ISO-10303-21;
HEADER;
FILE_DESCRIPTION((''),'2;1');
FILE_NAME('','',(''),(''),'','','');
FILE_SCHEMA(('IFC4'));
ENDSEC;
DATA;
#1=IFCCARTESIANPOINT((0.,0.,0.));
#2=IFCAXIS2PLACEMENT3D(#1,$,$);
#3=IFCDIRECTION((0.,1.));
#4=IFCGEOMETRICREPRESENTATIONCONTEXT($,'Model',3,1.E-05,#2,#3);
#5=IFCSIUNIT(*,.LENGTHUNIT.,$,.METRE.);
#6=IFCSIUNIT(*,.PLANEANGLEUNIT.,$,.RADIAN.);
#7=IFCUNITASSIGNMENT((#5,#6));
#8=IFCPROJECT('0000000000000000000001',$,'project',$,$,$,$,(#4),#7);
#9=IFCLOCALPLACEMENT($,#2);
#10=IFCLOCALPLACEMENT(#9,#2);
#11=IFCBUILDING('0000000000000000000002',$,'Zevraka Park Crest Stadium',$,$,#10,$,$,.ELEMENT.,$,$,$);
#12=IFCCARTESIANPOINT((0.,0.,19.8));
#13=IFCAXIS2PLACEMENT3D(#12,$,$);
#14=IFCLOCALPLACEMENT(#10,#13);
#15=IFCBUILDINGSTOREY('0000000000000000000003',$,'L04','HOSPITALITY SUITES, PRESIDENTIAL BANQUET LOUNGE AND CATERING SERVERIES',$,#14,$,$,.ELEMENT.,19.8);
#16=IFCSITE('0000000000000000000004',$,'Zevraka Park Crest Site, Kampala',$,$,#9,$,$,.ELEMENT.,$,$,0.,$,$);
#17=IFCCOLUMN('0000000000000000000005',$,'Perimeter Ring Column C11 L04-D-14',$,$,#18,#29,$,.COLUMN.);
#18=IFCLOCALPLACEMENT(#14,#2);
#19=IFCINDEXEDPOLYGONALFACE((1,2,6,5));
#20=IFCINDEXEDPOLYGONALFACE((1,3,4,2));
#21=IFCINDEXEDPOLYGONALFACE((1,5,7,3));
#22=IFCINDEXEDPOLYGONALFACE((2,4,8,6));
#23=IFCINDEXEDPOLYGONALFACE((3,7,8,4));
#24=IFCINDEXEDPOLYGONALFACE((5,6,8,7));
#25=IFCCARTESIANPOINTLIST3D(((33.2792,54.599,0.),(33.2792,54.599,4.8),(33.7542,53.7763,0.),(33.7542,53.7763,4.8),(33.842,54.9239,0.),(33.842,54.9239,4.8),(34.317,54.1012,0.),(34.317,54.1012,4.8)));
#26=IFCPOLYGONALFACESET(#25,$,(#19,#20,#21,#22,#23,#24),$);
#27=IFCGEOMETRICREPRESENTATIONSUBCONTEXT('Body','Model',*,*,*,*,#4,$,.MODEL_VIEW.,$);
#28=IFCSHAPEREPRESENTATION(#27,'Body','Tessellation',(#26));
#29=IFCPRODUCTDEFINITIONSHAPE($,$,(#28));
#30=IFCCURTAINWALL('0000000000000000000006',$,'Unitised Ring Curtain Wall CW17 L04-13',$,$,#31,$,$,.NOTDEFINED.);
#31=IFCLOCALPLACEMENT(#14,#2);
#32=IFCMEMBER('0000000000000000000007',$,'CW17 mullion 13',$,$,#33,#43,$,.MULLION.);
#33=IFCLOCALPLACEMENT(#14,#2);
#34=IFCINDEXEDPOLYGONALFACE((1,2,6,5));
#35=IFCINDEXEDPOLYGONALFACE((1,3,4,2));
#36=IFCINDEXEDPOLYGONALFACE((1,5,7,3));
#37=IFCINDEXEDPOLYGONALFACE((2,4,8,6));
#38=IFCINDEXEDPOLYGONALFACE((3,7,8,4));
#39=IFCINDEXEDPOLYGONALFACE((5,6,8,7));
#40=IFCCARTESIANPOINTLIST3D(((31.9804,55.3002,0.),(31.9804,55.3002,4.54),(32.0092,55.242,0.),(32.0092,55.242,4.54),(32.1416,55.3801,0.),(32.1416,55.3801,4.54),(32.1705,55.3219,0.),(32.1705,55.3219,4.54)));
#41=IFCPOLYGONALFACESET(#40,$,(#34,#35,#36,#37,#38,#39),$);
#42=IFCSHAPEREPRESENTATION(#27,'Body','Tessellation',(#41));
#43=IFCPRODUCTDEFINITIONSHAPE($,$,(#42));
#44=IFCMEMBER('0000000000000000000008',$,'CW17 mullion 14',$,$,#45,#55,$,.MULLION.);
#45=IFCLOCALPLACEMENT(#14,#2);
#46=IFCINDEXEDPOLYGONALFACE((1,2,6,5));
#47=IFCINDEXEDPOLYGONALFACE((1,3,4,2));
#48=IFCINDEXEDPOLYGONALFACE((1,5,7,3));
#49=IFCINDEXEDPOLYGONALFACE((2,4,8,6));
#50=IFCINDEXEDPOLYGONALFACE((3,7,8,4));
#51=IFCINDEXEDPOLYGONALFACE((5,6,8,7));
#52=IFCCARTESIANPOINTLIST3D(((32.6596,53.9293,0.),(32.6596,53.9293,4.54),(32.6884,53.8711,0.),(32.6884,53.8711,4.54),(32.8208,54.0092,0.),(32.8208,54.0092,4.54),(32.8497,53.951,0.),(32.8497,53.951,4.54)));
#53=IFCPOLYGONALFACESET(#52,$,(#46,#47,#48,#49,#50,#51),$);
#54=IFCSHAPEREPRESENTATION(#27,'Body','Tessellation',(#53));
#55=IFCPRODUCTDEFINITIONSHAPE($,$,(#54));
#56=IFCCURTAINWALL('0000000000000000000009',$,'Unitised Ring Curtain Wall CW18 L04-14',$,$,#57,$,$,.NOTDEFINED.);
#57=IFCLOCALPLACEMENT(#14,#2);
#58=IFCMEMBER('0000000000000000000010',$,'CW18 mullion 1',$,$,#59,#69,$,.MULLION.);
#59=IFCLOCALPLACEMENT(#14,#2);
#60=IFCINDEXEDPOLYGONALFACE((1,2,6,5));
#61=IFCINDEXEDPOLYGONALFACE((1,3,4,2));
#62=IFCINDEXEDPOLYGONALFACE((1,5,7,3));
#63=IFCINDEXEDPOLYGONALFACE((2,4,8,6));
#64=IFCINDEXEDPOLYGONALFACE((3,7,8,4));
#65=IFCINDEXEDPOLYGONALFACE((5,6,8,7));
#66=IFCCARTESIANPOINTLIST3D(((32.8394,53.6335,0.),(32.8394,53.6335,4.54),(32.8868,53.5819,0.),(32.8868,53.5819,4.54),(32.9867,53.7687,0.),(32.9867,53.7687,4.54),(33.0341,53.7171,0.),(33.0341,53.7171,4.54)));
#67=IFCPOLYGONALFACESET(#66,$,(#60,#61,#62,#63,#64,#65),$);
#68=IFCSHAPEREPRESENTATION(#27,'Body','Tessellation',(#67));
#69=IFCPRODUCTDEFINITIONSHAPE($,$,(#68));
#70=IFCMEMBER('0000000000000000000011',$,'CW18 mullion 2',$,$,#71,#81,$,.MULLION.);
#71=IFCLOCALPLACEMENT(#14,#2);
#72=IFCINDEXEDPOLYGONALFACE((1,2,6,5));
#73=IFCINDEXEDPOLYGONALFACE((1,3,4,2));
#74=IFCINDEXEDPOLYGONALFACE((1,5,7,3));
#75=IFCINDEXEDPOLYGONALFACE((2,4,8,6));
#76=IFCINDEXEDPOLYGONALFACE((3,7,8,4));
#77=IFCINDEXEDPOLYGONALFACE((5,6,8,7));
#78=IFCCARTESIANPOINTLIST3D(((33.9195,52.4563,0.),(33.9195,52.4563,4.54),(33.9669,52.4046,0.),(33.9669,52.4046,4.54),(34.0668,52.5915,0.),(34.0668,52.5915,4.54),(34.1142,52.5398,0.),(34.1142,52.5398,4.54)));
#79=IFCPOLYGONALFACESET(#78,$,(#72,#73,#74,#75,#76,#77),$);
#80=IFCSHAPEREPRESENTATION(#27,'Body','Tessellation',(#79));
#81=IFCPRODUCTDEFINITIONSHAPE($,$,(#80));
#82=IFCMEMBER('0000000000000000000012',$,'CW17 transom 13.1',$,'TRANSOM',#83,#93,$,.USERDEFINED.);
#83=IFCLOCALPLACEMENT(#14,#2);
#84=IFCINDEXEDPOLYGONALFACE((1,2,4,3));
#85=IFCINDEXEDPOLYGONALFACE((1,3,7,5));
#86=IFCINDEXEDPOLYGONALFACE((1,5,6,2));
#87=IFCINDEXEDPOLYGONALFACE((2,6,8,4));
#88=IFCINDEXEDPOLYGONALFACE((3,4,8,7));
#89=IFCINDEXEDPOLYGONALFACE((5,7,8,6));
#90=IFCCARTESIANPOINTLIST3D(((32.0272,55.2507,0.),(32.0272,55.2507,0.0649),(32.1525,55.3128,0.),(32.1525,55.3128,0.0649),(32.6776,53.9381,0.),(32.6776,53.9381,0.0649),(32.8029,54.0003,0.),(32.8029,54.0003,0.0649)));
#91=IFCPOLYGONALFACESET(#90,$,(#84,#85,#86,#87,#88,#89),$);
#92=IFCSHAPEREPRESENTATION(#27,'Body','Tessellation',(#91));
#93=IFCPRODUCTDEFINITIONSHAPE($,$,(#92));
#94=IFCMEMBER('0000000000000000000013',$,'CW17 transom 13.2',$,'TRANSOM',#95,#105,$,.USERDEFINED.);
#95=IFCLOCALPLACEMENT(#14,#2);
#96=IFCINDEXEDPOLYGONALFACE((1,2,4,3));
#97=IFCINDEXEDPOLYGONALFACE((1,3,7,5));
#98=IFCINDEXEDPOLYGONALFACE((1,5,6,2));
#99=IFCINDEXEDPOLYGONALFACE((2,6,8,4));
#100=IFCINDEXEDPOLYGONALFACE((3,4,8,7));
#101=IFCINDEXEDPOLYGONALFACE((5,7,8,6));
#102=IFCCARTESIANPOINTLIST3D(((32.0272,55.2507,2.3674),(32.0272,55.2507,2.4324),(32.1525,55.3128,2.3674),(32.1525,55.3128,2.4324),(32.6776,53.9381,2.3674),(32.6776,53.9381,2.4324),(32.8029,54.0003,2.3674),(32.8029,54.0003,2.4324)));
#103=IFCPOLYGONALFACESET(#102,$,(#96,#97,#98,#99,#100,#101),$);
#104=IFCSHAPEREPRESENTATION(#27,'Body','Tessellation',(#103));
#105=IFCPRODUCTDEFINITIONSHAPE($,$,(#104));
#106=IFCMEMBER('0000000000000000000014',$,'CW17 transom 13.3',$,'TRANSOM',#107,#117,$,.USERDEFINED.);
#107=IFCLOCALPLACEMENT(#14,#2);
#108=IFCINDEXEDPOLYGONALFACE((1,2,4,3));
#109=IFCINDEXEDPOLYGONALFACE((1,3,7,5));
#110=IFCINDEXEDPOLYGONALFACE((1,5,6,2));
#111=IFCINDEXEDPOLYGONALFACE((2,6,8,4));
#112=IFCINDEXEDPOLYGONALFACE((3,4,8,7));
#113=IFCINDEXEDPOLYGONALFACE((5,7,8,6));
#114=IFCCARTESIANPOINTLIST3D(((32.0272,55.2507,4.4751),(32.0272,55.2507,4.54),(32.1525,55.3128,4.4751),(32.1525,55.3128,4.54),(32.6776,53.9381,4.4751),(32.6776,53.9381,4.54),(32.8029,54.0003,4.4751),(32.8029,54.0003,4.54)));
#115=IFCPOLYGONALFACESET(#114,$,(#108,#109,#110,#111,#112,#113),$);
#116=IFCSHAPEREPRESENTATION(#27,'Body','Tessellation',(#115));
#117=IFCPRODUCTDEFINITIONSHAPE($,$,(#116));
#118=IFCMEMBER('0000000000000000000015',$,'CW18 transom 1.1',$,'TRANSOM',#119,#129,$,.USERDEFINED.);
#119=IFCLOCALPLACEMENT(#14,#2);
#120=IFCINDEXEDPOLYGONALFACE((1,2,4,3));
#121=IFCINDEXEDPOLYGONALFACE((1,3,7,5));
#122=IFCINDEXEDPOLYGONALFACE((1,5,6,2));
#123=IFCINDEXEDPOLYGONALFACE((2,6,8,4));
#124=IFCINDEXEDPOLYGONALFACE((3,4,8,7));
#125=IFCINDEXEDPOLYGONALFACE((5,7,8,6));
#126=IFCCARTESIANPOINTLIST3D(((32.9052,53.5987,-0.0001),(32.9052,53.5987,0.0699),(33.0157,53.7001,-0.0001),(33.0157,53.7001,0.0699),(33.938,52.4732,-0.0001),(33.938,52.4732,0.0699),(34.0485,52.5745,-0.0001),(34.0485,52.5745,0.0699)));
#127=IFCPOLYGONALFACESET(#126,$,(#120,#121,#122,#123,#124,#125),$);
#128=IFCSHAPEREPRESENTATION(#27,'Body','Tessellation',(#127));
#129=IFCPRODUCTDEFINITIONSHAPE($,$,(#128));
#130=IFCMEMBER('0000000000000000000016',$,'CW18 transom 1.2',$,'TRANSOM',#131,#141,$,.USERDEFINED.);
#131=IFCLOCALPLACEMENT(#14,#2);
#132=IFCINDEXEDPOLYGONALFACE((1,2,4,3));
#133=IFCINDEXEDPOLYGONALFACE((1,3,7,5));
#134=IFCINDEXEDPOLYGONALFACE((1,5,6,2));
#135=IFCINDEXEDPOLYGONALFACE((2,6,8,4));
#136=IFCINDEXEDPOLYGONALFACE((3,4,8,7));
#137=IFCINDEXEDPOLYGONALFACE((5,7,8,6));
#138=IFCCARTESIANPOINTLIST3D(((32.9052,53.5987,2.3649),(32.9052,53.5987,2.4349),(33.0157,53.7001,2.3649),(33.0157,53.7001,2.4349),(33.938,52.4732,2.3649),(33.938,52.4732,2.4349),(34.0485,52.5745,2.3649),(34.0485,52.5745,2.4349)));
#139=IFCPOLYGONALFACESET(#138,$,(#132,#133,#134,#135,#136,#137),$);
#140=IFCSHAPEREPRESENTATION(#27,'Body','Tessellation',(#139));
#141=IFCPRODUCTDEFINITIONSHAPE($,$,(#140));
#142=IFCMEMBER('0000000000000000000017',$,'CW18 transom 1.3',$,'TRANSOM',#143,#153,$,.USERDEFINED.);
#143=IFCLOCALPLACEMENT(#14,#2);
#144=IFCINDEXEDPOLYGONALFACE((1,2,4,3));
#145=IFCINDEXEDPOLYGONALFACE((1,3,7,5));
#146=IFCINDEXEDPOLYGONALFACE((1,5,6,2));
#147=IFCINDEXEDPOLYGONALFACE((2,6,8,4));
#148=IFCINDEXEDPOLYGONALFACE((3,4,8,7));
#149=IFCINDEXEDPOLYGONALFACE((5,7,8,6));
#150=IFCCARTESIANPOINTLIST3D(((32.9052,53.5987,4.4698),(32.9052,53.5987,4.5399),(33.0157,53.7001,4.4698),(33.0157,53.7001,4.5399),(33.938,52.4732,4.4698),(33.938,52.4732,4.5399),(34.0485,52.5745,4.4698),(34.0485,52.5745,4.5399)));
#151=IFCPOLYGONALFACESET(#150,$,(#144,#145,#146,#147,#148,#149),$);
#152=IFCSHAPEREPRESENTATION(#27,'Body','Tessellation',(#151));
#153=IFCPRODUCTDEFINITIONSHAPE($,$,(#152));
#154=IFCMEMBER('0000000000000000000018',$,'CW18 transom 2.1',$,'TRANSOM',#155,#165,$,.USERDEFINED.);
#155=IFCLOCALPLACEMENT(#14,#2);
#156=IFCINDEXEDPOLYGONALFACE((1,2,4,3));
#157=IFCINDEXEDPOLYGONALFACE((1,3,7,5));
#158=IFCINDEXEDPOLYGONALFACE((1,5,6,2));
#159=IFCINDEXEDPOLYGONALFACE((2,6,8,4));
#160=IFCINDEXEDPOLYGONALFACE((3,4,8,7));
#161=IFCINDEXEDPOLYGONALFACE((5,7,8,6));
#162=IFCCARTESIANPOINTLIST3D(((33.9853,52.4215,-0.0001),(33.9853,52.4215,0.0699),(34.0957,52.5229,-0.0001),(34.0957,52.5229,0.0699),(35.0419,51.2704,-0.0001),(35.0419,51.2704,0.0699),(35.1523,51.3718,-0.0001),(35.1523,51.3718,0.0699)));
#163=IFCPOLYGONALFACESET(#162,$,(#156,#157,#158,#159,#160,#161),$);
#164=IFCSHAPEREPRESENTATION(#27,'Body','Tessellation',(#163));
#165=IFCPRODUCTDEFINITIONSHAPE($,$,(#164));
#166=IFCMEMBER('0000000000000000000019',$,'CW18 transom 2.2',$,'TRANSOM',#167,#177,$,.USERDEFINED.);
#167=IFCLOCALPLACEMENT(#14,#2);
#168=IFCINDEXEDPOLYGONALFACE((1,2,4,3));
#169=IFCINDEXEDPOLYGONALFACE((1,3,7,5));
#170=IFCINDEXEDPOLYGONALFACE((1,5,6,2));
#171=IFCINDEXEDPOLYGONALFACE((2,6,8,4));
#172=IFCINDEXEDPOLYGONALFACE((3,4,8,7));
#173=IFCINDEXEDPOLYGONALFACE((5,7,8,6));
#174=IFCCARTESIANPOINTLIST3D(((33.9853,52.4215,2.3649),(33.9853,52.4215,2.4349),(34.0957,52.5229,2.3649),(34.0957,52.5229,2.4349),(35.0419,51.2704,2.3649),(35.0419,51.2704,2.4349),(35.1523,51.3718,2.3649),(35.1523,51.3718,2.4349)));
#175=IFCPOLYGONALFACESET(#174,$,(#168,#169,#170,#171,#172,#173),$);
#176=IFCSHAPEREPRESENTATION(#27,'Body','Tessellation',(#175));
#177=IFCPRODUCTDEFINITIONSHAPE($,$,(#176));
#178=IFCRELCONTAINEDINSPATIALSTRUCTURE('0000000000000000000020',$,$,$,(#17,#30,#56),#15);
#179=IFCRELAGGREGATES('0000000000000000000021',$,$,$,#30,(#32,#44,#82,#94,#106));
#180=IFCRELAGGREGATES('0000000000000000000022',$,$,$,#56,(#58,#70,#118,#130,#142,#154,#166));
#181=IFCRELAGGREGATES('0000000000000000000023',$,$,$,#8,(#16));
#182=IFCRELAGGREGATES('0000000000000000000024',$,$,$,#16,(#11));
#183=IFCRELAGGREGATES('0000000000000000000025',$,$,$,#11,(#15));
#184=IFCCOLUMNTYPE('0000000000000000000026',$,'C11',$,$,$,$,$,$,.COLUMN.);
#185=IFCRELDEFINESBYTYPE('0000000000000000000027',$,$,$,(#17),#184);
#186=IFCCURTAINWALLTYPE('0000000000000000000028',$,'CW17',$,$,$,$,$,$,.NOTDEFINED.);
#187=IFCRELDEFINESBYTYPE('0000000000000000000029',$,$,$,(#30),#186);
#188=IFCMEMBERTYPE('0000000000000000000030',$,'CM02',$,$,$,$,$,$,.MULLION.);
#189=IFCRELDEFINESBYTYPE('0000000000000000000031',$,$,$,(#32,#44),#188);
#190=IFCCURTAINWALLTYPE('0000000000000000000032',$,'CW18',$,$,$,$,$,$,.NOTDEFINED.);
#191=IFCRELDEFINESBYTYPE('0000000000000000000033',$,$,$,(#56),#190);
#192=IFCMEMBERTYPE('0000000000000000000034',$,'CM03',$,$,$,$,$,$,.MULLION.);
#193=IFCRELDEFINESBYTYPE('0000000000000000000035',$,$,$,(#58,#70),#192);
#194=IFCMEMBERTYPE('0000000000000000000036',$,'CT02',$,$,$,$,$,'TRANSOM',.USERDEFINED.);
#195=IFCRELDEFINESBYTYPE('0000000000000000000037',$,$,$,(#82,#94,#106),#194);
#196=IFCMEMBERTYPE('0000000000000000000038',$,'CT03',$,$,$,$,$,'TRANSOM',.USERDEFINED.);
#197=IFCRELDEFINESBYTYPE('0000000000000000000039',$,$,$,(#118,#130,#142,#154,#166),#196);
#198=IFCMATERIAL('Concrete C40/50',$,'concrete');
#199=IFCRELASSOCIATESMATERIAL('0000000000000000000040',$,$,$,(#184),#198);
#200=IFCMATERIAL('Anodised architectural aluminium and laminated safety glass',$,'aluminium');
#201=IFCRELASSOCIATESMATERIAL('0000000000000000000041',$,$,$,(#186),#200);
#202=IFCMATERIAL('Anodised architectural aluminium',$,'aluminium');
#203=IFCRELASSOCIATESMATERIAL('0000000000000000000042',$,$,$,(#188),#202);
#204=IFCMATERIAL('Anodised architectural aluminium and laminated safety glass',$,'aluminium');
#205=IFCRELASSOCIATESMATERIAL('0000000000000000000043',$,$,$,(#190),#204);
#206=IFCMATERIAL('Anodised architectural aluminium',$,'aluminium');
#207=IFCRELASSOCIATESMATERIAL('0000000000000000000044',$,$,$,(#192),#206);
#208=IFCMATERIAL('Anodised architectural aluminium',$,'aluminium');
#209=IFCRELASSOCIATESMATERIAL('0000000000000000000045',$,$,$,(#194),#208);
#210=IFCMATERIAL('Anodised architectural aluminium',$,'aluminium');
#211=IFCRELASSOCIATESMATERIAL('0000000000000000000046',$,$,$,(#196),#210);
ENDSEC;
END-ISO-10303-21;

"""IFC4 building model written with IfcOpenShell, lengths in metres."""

from ifc_helpers import new_model, si_unit, direction, frame, origin, origin_2d, place, context, subcontext, project, spatial, rectangle, extrude, material, material_profile, profile_set, type_object, element, aggregate, save


model = new_model("IFC4")

# Units and contexts
model_context = context("Model", 3, precision=1e-05, world=origin(), true_north=direction((0.0, 1.0)))
body_context = subcontext(model_context, "Body", "Model", "MODEL_VIEW")
ifc_project = project(units=[si_unit("LENGTHUNIT", "METRE"), si_unit("PLANEANGLEUNIT", "RADIAN")], contexts=[model_context])

# Site, building, storey
site_placement = place(None, origin())
site = spatial("IfcSite", under=ifc_project, at=site_placement, Name="Zevraka Park Crest Site, Kampala", CompositionType="ELEMENT", RefElevation=0.0)
building_placement = place(site_placement, origin())
building = spatial("IfcBuilding", under=site, at=building_placement, Name="Zevraka Park Crest Stadium", CompositionType="ELEMENT")
storey_placement = place(building_placement, frame((0.0, 0.0, 19.8)))
storey = spatial("IfcBuildingStorey", under=building, at=storey_placement, Name="L04", Description="HOSPITALITY SUITES, PRESIDENTIAL BANQUET LOUNGE AND CATERING SERVERIES", CompositionType="ELEMENT", Elevation=19.8)

# Column
ifc_material_1 = material(Name="Concrete C40/50", Category="concrete")
ifc_material_profile_1 = material_profile(ifc_material_1, rectangle(XDim=0.6499, YDim=0.95, at=origin_2d()), Name="RC 950x650")
ifc_profile_set_1 = profile_set([ifc_material_profile_1], Name="Concrete C40/50")
column_type = type_object("IfcColumnType", Name="C11", PredefinedType="COLUMN", material=ifc_profile_set_1)
column_placement = place(storey_placement, frame((33.7981, 54.3501, 0.0), z_axis=(0.0, 0.0, 1.0), x_axis=(0.866025, 0.5, 0.0)))
element("IfcColumn", 1, at=column_placement, inside=storey, type_object=column_type, Name="Perimeter Ring Column C11 L04-D-14", PredefinedType="COLUMN", context=body_context, shape_type="SweptSolid", body=[
    extrude(rectangle(XDim=0.6499, YDim=0.95, at=origin_2d()), origin(), (0.0, 0.0, 1.0), 4.8),
])

# Curtain walls, members
ifc_material_2 = material(Name="Anodised architectural aluminium and laminated safety glass", Category="aluminium")
curtain_wall_type_1 = type_object("IfcCurtainWallType", Name="CW17", PredefinedType="NOTDEFINED", material=ifc_material_2)
curtain_wall_1_placement = place(storey_placement, origin())
curtain_wall_1 = element("IfcCurtainWall", 2, at=curtain_wall_1_placement, inside=storey, type_object=curtain_wall_type_1, Name="Unitised Ring Curtain Wall CW17 L04-13", PredefinedType="NOTDEFINED")
ifc_material_3 = material(Name="Anodised architectural aluminium", Category="aluminium")
ifc_material_profile_2 = material_profile(ifc_material_3, rectangle(XDim=0.1799, YDim=0.0649, at=origin_2d()), Name="ALU MULLION 180x65")
ifc_profile_set_2 = profile_set([ifc_material_profile_2], Name="Anodised architectural aluminium")
member_type_1 = type_object("IfcMemberType", Name="CM02", PredefinedType="MULLION", material=ifc_profile_set_2)
member_1_placement = place(storey_placement, frame((32.0754, 55.311, 0.0), z_axis=(0.0, 0.0, 1.0), x_axis=(0.896046, 0.443961, 0.0)))
member_1 = element("IfcMember", 3, at=member_1_placement, type_object=member_type_1, Name="CW17 mullion 13", PredefinedType="MULLION", context=body_context, shape_type="SweptSolid", body=[
    extrude(rectangle(XDim=0.1799, YDim=0.0649, at=origin_2d()), origin(), (0.0, 0.0, 1.0), 4.54),
])
member_2_placement = place(storey_placement, frame((32.7546, 53.9402, 0.0), z_axis=(0.0, 0.0, 1.0), x_axis=(0.896046, 0.443961, 0.0)))
member_2 = element("IfcMember", 4, at=member_2_placement, type_object=member_type_1, Name="CW17 mullion 14", PredefinedType="MULLION", context=body_context, shape_type="SweptSolid", body=[
    extrude(rectangle(XDim=0.1799, YDim=0.0649, at=origin_2d()), origin(), (0.0, 0.0, 1.0), 4.54),
])
ifc_material_4 = material(Name="Anodised architectural aluminium and laminated safety glass", Category="aluminium")
curtain_wall_type_2 = type_object("IfcCurtainWallType", Name="CW18", PredefinedType="NOTDEFINED", material=ifc_material_4)
curtain_wall_2_placement = place(storey_placement, origin())
curtain_wall_2 = element("IfcCurtainWall", 5, at=curtain_wall_2_placement, inside=storey, type_object=curtain_wall_type_2, Name="Unitised Ring Curtain Wall CW18 L04-14", PredefinedType="NOTDEFINED")
ifc_material_5 = material(Name="Anodised architectural aluminium", Category="aluminium")
ifc_material_profile_3 = material_profile(ifc_material_5, rectangle(XDim=0.2, YDim=0.0701, at=origin_2d()), Name="ALU MULLION 200x70")
ifc_profile_set_3 = profile_set([ifc_material_profile_3], Name="Anodised architectural aluminium")
member_type_2 = type_object("IfcMemberType", Name="CM03", PredefinedType="MULLION", material=ifc_profile_set_3)
member_3_placement = place(storey_placement, frame((32.9368, 53.6753, 0.0), z_axis=(0.0, 0.0, 1.0), x_axis=(0.736775, 0.676138, 0.0)))
member_3 = element("IfcMember", 6, at=member_3_placement, type_object=member_type_2, Name="CW18 mullion 1", PredefinedType="MULLION", context=body_context, shape_type="SweptSolid", body=[
    extrude(rectangle(XDim=0.2, YDim=0.0701, at=origin_2d()), origin(), (0.0, 0.0, 1.0), 4.54),
])
member_4_placement = place(storey_placement, frame((34.0168, 52.498, 0.0), z_axis=(0.0, 0.0, 1.0), x_axis=(0.736775, 0.676138, 0.0)))
member_4 = element("IfcMember", 7, at=member_4_placement, type_object=member_type_2, Name="CW18 mullion 2", PredefinedType="MULLION", context=body_context, shape_type="SweptSolid", body=[
    extrude(rectangle(XDim=0.2, YDim=0.0701, at=origin_2d()), origin(), (0.0, 0.0, 1.0), 4.54),
])

# Members
ifc_material_6 = material(Name="Anodised architectural aluminium", Category="aluminium")
ifc_material_profile_4 = material_profile(ifc_material_6, rectangle(XDim=0.1399, YDim=0.0649, at=origin_2d()), Name="ALU TRANSOM 140x65")
ifc_profile_set_4 = profile_set([ifc_material_profile_4], Name="Anodised architectural aluminium")
member_type_3 = type_object("IfcMemberType", Name="CT02", ElementType="TRANSOM", PredefinedType="USERDEFINED", material=ifc_profile_set_4)
member_5_placement = place(storey_placement, frame((32.0898, 55.2817, 0.0325), z_axis=(0.444011, -0.896022, 0.0), x_axis=(0.896022, 0.444011, 0.0)))
member_5 = element("IfcMember", 8, at=member_5_placement, type_object=member_type_3, Name="CW17 transom 13.1", ObjectType="TRANSOM", PredefinedType="USERDEFINED", context=body_context, shape_type="SweptSolid", body=[
    extrude(rectangle(XDim=0.1399, YDim=0.0649, at=origin_2d()), origin(), (0.0, 0.0, 1.0), 1.4648),
])
member_6_placement = place(storey_placement, frame((32.0898, 55.2817, 2.3999), z_axis=(0.444011, -0.896022, 0.0), x_axis=(0.896022, 0.444011, 0.0)))
member_6 = element("IfcMember", 9, at=member_6_placement, type_object=member_type_3, Name="CW17 transom 13.2", ObjectType="TRANSOM", PredefinedType="USERDEFINED", context=body_context, shape_type="SweptSolid", body=[
    extrude(rectangle(XDim=0.1399, YDim=0.0649, at=origin_2d()), origin(), (0.0, 0.0, 1.0), 1.4648),
])
member_7_placement = place(storey_placement, frame((32.0898, 55.2817, 4.5076), z_axis=(0.444011, -0.896022, 0.0), x_axis=(0.896022, 0.444011, 0.0)))
member_7 = element("IfcMember", 10, at=member_7_placement, type_object=member_type_3, Name="CW17 transom 13.3", ObjectType="TRANSOM", PredefinedType="USERDEFINED", context=body_context, shape_type="SweptSolid", body=[
    extrude(rectangle(XDim=0.1399, YDim=0.0649, at=origin_2d()), origin(), (0.0, 0.0, 1.0), 1.4648),
])
ifc_material_7 = material(Name="Anodised architectural aluminium", Category="aluminium")
ifc_material_profile_5 = material_profile(ifc_material_7, rectangle(XDim=0.1499, YDim=0.0701, at=origin_2d()), Name="ALU TRANSOM 150x70")
ifc_profile_set_5 = profile_set([ifc_material_profile_5], Name="Anodised architectural aluminium")
member_type_4 = type_object("IfcMemberType", Name="CT03", ElementType="TRANSOM", PredefinedType="USERDEFINED", material=ifc_profile_set_5)
member_8_placement = place(storey_placement, frame((32.9604, 53.6494, 0.0349), z_axis=(0.676086, -0.736822, 0.0), x_axis=(0.736822, 0.676086, 0.0)))
member_8 = element("IfcMember", 11, at=member_8_placement, type_object=member_type_4, Name="CW18 transom 1.1", ObjectType="TRANSOM", PredefinedType="USERDEFINED", context=body_context, shape_type="SweptSolid", body=[
    extrude(rectangle(XDim=0.1499, YDim=0.0701, at=origin_2d()), origin(), (0.0, 0.0, 1.0), 1.5276),
])
member_9_placement = place(storey_placement, frame((32.9604, 53.6494, 2.3999), z_axis=(0.676086, -0.736822, 0.0), x_axis=(0.736822, 0.676086, 0.0)))
member_9 = element("IfcMember", 12, at=member_9_placement, type_object=member_type_4, Name="CW18 transom 1.2", ObjectType="TRANSOM", PredefinedType="USERDEFINED", context=body_context, shape_type="SweptSolid", body=[
    extrude(rectangle(XDim=0.1499, YDim=0.0701, at=origin_2d()), origin(), (0.0, 0.0, 1.0), 1.5276),
])
member_10_placement = place(storey_placement, frame((32.9604, 53.6494, 4.5049), z_axis=(0.676086, -0.736822, 0.0), x_axis=(0.736822, 0.676086, 0.0)))
member_10 = element("IfcMember", 13, at=member_10_placement, type_object=member_type_4, Name="CW18 transom 1.3", ObjectType="TRANSOM", PredefinedType="USERDEFINED", context=body_context, shape_type="SweptSolid", body=[
    extrude(rectangle(XDim=0.1499, YDim=0.0701, at=origin_2d()), origin(), (0.0, 0.0, 1.0), 1.5276),
])
member_11_placement = place(storey_placement, frame((34.0405, 52.4722, 0.0349), z_axis=(0.676227, -0.736693, 0.0), x_axis=(0.736693, 0.676227, 0.0)))
member_11 = element("IfcMember", 14, at=member_11_placement, type_object=member_type_4, Name="CW18 transom 2.1", ObjectType="TRANSOM", PredefinedType="USERDEFINED", context=body_context, shape_type="SweptSolid", body=[
    extrude(rectangle(XDim=0.1499, YDim=0.0701, at=origin_2d()), origin(), (0.0, 0.0, 1.0), 1.5625),
])
member_12_placement = place(storey_placement, frame((34.0405, 52.4722, 2.3999), z_axis=(0.676227, -0.736693, 0.0), x_axis=(0.736693, 0.676227, 0.0)))
member_12 = element("IfcMember", 15, at=member_12_placement, type_object=member_type_4, Name="CW18 transom 2.2", ObjectType="TRANSOM", PredefinedType="USERDEFINED", context=body_context, shape_type="SweptSolid", body=[
    extrude(rectangle(XDim=0.1499, YDim=0.0701, at=origin_2d()), origin(), (0.0, 0.0, 1.0), 1.5625),
])

aggregate(curtain_wall_1, [member_1, member_2, member_5, member_6, member_7])
aggregate(curtain_wall_2, [member_3, member_4, member_8, member_9, member_10, member_11, member_12])

save(model, "model.ifc")
